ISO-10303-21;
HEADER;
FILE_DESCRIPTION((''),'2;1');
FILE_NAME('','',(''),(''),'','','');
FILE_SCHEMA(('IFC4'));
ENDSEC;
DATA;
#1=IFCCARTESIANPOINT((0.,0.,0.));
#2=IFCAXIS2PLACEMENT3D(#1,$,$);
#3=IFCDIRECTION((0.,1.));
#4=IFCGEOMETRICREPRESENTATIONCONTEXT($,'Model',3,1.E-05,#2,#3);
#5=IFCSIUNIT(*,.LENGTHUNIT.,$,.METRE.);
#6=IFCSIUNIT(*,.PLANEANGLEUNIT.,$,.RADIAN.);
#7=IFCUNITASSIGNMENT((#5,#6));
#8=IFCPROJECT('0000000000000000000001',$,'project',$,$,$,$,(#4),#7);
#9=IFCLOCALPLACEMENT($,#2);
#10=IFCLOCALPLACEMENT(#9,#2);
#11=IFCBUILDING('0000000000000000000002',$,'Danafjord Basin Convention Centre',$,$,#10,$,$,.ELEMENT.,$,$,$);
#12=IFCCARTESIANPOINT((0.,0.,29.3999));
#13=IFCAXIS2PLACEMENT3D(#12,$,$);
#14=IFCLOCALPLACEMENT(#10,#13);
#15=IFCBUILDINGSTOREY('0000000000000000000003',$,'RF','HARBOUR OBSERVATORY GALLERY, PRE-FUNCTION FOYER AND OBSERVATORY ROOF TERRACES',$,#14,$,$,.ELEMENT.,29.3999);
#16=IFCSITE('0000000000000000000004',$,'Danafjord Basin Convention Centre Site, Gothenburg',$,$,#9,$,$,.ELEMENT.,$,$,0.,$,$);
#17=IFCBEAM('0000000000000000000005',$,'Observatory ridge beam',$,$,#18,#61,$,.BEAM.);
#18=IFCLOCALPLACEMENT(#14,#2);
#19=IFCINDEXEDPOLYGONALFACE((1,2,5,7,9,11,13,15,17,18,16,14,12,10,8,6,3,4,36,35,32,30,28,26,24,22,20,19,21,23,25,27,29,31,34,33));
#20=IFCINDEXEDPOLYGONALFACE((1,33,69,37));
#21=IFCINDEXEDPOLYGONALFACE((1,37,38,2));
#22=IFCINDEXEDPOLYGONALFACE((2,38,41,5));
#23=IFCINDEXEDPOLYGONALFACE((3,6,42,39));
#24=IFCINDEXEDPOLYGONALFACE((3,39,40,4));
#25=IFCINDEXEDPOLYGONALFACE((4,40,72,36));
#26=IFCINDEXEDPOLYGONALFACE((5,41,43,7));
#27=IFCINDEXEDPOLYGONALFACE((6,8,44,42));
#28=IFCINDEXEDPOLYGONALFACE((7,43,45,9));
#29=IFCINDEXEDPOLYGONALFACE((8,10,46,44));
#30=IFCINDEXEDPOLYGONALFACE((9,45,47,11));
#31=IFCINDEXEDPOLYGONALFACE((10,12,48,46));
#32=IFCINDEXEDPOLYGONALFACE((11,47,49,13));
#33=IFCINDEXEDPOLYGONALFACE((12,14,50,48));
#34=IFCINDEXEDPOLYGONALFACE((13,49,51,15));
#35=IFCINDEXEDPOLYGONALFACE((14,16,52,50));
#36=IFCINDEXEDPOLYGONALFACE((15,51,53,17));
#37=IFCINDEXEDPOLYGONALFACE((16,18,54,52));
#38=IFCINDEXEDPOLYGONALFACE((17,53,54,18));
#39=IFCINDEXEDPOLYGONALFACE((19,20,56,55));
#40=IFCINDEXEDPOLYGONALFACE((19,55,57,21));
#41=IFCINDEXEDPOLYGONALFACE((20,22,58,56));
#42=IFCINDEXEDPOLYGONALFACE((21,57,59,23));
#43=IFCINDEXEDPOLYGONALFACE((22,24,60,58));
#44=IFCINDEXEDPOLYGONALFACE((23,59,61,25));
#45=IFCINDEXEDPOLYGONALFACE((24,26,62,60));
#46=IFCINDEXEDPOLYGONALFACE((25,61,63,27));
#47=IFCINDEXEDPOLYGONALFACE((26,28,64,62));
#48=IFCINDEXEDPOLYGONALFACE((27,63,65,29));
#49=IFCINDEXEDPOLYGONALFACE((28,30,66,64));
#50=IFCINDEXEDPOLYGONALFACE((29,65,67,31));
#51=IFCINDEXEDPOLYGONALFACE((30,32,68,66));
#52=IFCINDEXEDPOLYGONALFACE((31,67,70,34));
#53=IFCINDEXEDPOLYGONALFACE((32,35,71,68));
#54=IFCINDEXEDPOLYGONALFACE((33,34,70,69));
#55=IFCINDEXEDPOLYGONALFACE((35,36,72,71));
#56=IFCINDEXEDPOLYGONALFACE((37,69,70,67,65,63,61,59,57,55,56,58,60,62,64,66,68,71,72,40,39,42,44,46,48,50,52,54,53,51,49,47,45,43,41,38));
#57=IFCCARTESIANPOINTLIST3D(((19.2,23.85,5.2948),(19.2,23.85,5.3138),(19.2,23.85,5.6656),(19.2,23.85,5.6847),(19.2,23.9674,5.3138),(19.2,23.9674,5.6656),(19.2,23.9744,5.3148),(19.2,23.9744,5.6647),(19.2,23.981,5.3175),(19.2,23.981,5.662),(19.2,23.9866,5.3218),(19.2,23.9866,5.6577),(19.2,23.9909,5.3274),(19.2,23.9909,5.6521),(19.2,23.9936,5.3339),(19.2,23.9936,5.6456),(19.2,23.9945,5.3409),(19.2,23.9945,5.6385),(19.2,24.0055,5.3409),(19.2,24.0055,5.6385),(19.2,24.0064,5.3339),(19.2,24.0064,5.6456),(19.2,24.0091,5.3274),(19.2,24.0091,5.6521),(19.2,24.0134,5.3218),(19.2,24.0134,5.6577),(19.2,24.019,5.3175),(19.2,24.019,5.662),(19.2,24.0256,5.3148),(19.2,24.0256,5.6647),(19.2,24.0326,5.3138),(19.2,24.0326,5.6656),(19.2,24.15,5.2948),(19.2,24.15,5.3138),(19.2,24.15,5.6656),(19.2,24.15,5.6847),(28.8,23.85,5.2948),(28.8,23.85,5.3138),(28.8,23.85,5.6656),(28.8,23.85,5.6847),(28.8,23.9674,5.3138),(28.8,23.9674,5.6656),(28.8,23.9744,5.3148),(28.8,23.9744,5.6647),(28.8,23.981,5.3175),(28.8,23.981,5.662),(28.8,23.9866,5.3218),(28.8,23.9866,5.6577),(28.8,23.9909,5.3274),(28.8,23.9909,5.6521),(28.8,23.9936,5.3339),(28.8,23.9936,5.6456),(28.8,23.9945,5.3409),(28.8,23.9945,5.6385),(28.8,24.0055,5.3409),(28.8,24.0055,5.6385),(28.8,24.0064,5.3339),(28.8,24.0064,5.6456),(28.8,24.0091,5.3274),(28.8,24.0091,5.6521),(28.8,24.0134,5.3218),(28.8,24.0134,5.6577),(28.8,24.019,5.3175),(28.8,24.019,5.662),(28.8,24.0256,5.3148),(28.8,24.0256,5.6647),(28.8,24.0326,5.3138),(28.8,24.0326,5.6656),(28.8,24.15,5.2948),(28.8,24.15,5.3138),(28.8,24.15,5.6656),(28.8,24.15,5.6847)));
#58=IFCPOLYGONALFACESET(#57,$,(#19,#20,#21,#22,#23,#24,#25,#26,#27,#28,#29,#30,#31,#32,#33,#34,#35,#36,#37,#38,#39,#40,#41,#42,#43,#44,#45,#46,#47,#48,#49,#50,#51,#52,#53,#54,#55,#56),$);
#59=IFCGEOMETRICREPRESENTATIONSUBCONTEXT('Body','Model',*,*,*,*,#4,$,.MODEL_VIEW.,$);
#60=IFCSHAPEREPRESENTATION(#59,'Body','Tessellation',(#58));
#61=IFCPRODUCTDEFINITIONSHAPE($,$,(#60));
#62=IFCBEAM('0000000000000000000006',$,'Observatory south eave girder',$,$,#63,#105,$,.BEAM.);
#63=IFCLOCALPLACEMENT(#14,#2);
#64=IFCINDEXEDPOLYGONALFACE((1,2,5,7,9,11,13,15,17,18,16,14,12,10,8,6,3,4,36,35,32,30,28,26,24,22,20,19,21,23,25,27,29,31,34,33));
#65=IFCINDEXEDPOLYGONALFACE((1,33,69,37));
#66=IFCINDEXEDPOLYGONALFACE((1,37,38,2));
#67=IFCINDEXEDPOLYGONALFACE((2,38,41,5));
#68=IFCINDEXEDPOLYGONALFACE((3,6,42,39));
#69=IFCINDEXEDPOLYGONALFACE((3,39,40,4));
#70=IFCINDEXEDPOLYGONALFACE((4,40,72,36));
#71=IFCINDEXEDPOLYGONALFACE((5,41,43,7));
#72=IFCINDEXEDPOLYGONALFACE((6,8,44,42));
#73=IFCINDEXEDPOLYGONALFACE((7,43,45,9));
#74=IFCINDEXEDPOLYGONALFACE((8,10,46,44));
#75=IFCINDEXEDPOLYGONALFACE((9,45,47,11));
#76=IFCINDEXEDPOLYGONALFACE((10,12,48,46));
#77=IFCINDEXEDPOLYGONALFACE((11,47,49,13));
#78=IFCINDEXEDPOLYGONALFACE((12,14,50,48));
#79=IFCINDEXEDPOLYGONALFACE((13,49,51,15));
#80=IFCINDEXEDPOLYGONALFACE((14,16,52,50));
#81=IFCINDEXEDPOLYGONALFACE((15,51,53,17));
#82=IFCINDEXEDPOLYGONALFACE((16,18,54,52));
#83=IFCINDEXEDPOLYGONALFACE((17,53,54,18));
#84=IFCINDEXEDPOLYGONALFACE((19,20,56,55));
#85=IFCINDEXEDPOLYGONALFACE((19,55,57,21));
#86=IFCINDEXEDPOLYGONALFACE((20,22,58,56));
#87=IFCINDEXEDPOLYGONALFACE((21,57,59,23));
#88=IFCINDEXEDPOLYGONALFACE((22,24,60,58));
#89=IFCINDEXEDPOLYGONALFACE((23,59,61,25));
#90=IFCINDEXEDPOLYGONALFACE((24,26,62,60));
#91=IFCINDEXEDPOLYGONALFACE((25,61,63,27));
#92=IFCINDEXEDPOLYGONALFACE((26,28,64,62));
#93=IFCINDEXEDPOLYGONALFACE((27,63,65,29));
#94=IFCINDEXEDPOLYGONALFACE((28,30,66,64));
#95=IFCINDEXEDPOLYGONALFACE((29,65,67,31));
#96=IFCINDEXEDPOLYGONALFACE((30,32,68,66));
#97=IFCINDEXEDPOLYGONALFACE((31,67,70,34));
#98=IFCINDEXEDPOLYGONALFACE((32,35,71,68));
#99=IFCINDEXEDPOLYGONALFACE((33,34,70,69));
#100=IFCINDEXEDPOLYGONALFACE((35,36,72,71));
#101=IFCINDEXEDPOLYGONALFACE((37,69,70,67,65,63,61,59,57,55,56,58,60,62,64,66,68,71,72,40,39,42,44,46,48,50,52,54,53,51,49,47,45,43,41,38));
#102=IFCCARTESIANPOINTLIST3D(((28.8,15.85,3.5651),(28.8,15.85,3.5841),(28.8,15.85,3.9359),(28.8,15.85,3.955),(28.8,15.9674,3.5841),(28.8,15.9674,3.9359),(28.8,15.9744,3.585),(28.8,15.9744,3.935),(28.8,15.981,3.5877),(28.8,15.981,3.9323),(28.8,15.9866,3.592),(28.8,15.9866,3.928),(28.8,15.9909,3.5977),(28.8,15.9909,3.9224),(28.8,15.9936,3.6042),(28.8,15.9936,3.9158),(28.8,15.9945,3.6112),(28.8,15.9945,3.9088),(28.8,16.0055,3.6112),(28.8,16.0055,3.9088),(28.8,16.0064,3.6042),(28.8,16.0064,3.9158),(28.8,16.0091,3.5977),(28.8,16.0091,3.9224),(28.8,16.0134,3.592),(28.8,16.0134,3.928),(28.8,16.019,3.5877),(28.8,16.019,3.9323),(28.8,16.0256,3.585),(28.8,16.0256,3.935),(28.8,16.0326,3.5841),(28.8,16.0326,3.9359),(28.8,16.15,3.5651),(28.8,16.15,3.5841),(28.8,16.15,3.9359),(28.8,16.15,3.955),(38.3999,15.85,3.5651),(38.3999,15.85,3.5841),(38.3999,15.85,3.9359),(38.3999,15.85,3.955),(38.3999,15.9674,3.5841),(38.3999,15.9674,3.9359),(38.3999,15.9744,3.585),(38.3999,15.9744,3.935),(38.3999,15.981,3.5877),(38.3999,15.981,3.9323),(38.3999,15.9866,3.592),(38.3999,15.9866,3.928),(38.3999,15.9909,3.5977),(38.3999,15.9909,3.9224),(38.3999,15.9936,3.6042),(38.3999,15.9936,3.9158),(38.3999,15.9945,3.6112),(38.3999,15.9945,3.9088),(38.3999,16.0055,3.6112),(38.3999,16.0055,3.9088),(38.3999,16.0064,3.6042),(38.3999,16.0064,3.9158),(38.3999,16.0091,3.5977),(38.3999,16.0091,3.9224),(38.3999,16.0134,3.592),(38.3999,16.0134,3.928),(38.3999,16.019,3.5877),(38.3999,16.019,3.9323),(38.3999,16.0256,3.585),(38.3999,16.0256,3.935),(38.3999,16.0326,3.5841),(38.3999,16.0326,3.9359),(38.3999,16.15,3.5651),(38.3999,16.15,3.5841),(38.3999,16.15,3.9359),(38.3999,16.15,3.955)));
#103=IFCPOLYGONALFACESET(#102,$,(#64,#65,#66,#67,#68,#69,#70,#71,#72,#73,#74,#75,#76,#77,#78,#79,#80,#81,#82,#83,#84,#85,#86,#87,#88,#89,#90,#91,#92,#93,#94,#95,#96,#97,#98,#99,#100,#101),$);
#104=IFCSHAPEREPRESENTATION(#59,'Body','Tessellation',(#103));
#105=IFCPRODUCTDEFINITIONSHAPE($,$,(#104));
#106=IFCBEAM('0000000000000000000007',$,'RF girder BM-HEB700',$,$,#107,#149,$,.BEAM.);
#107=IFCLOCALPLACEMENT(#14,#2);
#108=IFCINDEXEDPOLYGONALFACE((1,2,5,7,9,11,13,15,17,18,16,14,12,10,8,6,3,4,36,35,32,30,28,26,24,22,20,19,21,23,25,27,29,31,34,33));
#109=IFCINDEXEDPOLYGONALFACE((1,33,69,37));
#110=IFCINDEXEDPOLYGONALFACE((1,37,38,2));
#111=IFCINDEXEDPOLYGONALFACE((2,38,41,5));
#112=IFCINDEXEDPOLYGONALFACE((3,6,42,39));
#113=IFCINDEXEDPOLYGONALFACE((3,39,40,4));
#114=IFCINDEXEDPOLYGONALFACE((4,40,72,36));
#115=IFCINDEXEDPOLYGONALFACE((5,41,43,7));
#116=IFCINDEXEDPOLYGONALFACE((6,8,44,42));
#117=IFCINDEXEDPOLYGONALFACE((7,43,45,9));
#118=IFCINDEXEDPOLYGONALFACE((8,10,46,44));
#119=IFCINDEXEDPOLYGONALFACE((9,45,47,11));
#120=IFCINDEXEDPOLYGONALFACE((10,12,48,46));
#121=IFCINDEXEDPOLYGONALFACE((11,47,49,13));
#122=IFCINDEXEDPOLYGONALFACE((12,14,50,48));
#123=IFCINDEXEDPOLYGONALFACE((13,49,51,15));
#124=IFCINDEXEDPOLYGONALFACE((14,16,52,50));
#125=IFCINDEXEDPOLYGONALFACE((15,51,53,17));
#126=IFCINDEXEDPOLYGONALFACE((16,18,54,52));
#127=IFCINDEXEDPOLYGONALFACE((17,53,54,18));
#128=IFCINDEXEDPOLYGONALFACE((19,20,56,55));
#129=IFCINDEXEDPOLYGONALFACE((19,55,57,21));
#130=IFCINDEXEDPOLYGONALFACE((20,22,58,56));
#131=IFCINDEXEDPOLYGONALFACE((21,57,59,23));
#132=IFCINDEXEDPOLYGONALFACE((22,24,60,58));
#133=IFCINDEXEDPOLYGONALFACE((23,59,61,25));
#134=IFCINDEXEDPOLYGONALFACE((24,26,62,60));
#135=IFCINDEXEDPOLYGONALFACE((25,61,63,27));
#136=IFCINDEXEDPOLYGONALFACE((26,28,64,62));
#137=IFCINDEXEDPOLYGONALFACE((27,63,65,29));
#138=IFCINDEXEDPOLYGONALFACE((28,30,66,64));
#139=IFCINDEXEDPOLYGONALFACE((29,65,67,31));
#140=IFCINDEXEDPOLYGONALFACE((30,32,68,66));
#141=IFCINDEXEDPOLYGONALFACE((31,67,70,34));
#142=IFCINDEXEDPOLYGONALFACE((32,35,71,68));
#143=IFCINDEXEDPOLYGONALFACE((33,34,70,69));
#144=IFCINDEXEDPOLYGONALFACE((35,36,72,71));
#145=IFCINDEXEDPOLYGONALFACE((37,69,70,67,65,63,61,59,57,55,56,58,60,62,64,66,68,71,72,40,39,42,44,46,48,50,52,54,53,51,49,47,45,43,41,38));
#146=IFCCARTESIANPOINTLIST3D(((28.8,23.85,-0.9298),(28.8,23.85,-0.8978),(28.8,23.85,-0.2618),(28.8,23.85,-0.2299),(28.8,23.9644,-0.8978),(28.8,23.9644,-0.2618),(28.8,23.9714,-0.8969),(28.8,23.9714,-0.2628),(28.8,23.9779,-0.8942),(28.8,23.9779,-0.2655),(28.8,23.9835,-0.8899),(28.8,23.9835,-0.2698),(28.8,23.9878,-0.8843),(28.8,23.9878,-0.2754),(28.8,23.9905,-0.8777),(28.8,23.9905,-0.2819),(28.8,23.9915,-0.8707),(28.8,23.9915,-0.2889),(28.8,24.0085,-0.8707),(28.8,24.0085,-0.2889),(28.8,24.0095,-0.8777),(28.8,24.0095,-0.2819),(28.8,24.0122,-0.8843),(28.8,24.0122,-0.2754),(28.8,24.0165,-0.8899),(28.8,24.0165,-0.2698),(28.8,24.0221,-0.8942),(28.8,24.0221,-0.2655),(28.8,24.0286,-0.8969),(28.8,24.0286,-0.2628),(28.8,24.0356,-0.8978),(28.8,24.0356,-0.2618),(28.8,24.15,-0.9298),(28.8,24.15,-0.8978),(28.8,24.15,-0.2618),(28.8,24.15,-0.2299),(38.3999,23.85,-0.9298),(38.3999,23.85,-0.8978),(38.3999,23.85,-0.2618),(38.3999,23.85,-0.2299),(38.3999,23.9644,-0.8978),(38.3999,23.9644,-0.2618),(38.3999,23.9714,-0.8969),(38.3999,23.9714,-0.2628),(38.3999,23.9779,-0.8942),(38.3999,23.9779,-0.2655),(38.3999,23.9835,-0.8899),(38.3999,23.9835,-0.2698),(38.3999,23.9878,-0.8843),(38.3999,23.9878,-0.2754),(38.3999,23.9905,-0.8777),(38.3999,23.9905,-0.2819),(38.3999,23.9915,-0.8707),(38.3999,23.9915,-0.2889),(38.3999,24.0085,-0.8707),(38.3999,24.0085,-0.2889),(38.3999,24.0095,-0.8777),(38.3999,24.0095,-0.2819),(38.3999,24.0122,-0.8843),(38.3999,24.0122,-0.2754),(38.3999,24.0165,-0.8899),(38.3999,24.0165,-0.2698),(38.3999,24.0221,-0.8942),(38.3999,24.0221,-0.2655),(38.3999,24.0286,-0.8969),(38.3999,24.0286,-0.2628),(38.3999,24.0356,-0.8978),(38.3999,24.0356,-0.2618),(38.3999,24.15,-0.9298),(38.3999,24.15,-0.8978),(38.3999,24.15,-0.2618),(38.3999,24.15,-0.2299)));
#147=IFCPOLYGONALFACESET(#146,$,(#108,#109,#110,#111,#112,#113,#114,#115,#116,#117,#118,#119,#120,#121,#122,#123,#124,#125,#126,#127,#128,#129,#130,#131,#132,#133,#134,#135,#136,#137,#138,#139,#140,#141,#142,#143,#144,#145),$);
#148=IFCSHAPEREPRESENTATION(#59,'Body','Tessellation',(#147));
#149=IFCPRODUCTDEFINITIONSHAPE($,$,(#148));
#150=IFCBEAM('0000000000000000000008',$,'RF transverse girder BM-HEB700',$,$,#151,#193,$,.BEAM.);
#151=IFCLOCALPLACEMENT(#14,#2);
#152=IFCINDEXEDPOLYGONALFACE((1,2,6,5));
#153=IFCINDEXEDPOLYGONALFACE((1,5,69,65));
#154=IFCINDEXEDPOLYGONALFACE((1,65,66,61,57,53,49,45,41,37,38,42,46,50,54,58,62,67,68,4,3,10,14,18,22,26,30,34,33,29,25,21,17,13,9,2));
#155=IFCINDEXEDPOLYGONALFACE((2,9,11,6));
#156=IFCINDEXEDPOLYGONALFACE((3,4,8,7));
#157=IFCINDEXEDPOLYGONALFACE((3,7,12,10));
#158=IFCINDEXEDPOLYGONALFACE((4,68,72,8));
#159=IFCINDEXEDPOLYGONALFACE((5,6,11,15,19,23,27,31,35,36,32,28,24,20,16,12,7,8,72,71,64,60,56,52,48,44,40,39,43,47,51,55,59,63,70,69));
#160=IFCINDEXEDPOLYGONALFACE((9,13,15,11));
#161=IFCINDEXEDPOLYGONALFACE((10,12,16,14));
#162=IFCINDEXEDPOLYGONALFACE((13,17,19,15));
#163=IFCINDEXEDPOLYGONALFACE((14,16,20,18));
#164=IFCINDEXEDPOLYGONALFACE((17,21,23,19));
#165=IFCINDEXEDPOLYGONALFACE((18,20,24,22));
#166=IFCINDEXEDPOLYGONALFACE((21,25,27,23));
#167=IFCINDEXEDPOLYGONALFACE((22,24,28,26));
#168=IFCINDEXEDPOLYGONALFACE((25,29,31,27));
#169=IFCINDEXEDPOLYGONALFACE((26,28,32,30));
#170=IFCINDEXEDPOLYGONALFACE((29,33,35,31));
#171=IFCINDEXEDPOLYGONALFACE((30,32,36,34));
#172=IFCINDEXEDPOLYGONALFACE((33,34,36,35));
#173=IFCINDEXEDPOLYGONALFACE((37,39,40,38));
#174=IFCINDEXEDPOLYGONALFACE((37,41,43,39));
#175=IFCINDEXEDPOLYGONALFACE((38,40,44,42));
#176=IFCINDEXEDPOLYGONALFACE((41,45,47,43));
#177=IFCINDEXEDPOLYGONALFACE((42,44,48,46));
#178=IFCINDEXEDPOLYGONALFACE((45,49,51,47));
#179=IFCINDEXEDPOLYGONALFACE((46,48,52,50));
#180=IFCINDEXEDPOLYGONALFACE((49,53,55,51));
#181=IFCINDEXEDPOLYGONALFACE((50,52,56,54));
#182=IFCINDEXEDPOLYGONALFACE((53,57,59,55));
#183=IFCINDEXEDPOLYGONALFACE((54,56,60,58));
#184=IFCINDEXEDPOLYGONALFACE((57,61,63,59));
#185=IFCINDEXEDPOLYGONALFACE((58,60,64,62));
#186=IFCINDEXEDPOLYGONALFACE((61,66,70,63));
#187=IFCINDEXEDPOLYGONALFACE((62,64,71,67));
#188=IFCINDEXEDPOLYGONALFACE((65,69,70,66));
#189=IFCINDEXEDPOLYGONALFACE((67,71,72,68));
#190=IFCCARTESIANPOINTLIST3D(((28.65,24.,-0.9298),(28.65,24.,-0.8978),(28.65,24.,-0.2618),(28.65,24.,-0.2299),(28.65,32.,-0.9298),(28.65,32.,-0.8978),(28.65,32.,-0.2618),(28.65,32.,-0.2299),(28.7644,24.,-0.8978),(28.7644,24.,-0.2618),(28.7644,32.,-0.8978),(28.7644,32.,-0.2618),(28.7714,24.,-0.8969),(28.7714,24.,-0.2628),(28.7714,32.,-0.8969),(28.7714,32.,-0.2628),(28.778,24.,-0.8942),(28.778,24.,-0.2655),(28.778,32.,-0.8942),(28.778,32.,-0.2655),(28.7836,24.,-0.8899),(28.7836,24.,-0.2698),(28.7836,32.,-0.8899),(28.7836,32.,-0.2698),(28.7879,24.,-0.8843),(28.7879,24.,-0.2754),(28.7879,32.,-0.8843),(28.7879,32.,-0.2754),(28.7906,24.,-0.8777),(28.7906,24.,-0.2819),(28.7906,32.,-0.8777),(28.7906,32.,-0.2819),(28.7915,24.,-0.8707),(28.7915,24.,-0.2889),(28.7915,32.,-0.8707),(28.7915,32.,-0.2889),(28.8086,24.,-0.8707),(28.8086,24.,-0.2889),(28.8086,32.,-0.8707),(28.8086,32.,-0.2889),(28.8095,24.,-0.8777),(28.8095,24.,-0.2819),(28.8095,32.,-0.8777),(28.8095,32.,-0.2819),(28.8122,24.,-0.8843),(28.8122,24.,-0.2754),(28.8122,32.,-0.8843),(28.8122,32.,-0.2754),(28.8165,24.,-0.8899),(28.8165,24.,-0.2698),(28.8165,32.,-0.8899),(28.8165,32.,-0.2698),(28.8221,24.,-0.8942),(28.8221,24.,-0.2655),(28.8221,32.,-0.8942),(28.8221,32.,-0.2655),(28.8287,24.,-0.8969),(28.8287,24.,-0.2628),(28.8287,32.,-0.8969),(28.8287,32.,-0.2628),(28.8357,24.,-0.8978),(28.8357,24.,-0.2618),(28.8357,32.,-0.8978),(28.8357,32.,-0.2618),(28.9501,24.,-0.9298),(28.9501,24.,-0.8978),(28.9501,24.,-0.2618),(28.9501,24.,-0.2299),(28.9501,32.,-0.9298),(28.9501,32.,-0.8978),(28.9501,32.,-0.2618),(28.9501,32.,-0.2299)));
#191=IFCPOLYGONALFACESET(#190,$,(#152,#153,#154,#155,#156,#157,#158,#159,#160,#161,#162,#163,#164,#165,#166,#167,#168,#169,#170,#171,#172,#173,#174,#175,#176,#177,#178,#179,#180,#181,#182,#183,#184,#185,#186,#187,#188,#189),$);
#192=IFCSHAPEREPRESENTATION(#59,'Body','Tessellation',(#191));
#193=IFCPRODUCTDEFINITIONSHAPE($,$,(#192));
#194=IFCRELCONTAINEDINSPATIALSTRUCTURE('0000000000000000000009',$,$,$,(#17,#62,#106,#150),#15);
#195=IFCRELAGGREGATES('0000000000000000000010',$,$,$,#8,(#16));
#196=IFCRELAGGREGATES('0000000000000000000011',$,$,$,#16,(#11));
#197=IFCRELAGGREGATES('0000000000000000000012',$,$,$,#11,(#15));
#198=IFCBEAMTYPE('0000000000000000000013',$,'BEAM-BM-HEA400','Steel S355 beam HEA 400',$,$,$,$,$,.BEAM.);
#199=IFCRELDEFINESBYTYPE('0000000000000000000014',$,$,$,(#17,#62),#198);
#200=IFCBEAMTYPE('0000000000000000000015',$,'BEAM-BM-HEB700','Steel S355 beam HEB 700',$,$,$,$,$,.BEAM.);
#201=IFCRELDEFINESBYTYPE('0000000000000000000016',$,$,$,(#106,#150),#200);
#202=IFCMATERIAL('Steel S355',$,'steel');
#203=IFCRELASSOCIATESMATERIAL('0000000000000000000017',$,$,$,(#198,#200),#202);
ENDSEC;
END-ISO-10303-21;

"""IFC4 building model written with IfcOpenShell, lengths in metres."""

from ifc_helpers import new_model, si_unit, direction, frame, origin, origin_2d, place, context, subcontext, project, spatial, i_section, extrude, material, material_profile, profile_set, type_object, element, save


model = new_model("IFC4")

# Units and contexts
model_context = context("Model", 3, precision=1e-05, world=origin(), true_north=direction((0.0, 1.0)))
body_context = subcontext(model_context, "Body", "Model", "MODEL_VIEW")
ifc_project = project(units=[si_unit("LENGTHUNIT", "METRE"), si_unit("PLANEANGLEUNIT", "RADIAN")], contexts=[model_context])

# Site, building, storey
site_placement = place(None, origin())
site = spatial("IfcSite", under=ifc_project, at=site_placement, Name="Danafjord Basin Convention Centre Site, Gothenburg", CompositionType="ELEMENT", RefElevation=0.0)
building_placement = place(site_placement, origin())
building = spatial("IfcBuilding", under=site, at=building_placement, Name="Danafjord Basin Convention Centre", CompositionType="ELEMENT")
storey_placement = place(building_placement, frame((0.0, 0.0, 29.3999)))
storey = spatial("IfcBuildingStorey", under=building, at=storey_placement, Name="RF", Description="HARBOUR OBSERVATORY GALLERY, PRE-FUNCTION FOYER AND OBSERVATORY ROOF TERRACES", CompositionType="ELEMENT", Elevation=29.3999)

# Shared definitions
ifc_material_1 = material(Name="Steel S355", Category="steel")

# Beams
ifc_material_profile_1 = material_profile(ifc_material_1, i_section(OverallWidth=0.3, OverallDepth=0.3899, WebThickness=0.011, FlangeThickness=0.019, FilletRadius=0.0271, at=origin_2d()), Name="HEA 400")
ifc_profile_set_1 = profile_set([ifc_material_profile_1], Name="Steel S355")
beam_type_1 = type_object("IfcBeamType", Name="BEAM-BM-HEA400", Description="Steel S355 beam HEA 400", PredefinedType="BEAM", material=ifc_profile_set_1)
for number, where, z_axis, x_axis, name in (
    (1, (19.2, 24.0, 5.4897), (1.0, 0.0, 0.0), (0.0, 1.0, 0.0), "Observatory ridge beam"),
):
    element("IfcBeam", number, at=place(storey_placement, frame(where, z_axis=z_axis, x_axis=x_axis)), inside=storey, type_object=beam_type_1, Name=name, PredefinedType="BEAM", context=body_context, shape_type="SweptSolid", body=[
        extrude(i_section(OverallWidth=0.3, OverallDepth=0.3899, WebThickness=0.011, FlangeThickness=0.019, FilletRadius=0.0271, at=origin_2d()), origin(), (0.0, 0.0, 1.0), 9.6001),
    ])
beam_1_placement = place(storey_placement, frame((28.8, 16.0, 3.76), z_axis=(1.0, 0.0, 0.0), x_axis=(0.0, 1.0, 0.0)))
element("IfcBeam", 2, at=beam_1_placement, inside=storey, type_object=beam_type_1, Name="Observatory south eave girder", PredefinedType="BEAM", context=body_context, shape_type="SweptSolid", body=[
    extrude(i_section(OverallWidth=0.3, OverallDepth=0.3899, WebThickness=0.011, FlangeThickness=0.019, FilletRadius=0.0271, at=origin_2d()), origin(), (0.0, 0.0, 1.0), 9.5999),
])
ifc_material_profile_2 = material_profile(ifc_material_1, i_section(OverallWidth=0.3, OverallDepth=0.7, WebThickness=0.0171, FlangeThickness=0.032, FilletRadius=0.0271, at=origin_2d()), Name="HEB 700")
ifc_profile_set_2 = profile_set([ifc_material_profile_2], Name="Steel S355")
beam_type_2 = type_object("IfcBeamType", Name="BEAM-BM-HEB700", Description="Steel S355 beam HEB 700", PredefinedType="BEAM", material=ifc_profile_set_2)
beam_2_placement = place(storey_placement, frame((28.8, 24.0, -0.5798), z_axis=(1.0, 0.0, 0.0), x_axis=(0.0, 1.0, 0.0)))
element("IfcBeam", 3, at=beam_2_placement, inside=storey, type_object=beam_type_2, Name="RF girder BM-HEB700", PredefinedType="BEAM", context=body_context, shape_type="SweptSolid", body=[
    extrude(i_section(OverallWidth=0.3, OverallDepth=0.7, WebThickness=0.0171, FlangeThickness=0.032, FilletRadius=0.0271, at=origin_2d()), origin(), (0.0, 0.0, 1.0), 9.5999),
])
beam_3_placement = place(storey_placement, frame((28.8, 24.0, -0.5798), z_axis=(0.0, 1.0, 0.0), x_axis=(-1.0, 0.0, 0.0)))
element("IfcBeam", 4, at=beam_3_placement, inside=storey, type_object=beam_type_2, Name="RF transverse girder BM-HEB700", PredefinedType="BEAM", context=body_context, shape_type="SweptSolid", body=[
    extrude(i_section(OverallWidth=0.3, OverallDepth=0.7, WebThickness=0.0171, FlangeThickness=0.032, FilletRadius=0.0271, at=origin_2d()), origin(), (0.0, 0.0, 1.0), 8.0),
])

save(model, "model.ifc")
